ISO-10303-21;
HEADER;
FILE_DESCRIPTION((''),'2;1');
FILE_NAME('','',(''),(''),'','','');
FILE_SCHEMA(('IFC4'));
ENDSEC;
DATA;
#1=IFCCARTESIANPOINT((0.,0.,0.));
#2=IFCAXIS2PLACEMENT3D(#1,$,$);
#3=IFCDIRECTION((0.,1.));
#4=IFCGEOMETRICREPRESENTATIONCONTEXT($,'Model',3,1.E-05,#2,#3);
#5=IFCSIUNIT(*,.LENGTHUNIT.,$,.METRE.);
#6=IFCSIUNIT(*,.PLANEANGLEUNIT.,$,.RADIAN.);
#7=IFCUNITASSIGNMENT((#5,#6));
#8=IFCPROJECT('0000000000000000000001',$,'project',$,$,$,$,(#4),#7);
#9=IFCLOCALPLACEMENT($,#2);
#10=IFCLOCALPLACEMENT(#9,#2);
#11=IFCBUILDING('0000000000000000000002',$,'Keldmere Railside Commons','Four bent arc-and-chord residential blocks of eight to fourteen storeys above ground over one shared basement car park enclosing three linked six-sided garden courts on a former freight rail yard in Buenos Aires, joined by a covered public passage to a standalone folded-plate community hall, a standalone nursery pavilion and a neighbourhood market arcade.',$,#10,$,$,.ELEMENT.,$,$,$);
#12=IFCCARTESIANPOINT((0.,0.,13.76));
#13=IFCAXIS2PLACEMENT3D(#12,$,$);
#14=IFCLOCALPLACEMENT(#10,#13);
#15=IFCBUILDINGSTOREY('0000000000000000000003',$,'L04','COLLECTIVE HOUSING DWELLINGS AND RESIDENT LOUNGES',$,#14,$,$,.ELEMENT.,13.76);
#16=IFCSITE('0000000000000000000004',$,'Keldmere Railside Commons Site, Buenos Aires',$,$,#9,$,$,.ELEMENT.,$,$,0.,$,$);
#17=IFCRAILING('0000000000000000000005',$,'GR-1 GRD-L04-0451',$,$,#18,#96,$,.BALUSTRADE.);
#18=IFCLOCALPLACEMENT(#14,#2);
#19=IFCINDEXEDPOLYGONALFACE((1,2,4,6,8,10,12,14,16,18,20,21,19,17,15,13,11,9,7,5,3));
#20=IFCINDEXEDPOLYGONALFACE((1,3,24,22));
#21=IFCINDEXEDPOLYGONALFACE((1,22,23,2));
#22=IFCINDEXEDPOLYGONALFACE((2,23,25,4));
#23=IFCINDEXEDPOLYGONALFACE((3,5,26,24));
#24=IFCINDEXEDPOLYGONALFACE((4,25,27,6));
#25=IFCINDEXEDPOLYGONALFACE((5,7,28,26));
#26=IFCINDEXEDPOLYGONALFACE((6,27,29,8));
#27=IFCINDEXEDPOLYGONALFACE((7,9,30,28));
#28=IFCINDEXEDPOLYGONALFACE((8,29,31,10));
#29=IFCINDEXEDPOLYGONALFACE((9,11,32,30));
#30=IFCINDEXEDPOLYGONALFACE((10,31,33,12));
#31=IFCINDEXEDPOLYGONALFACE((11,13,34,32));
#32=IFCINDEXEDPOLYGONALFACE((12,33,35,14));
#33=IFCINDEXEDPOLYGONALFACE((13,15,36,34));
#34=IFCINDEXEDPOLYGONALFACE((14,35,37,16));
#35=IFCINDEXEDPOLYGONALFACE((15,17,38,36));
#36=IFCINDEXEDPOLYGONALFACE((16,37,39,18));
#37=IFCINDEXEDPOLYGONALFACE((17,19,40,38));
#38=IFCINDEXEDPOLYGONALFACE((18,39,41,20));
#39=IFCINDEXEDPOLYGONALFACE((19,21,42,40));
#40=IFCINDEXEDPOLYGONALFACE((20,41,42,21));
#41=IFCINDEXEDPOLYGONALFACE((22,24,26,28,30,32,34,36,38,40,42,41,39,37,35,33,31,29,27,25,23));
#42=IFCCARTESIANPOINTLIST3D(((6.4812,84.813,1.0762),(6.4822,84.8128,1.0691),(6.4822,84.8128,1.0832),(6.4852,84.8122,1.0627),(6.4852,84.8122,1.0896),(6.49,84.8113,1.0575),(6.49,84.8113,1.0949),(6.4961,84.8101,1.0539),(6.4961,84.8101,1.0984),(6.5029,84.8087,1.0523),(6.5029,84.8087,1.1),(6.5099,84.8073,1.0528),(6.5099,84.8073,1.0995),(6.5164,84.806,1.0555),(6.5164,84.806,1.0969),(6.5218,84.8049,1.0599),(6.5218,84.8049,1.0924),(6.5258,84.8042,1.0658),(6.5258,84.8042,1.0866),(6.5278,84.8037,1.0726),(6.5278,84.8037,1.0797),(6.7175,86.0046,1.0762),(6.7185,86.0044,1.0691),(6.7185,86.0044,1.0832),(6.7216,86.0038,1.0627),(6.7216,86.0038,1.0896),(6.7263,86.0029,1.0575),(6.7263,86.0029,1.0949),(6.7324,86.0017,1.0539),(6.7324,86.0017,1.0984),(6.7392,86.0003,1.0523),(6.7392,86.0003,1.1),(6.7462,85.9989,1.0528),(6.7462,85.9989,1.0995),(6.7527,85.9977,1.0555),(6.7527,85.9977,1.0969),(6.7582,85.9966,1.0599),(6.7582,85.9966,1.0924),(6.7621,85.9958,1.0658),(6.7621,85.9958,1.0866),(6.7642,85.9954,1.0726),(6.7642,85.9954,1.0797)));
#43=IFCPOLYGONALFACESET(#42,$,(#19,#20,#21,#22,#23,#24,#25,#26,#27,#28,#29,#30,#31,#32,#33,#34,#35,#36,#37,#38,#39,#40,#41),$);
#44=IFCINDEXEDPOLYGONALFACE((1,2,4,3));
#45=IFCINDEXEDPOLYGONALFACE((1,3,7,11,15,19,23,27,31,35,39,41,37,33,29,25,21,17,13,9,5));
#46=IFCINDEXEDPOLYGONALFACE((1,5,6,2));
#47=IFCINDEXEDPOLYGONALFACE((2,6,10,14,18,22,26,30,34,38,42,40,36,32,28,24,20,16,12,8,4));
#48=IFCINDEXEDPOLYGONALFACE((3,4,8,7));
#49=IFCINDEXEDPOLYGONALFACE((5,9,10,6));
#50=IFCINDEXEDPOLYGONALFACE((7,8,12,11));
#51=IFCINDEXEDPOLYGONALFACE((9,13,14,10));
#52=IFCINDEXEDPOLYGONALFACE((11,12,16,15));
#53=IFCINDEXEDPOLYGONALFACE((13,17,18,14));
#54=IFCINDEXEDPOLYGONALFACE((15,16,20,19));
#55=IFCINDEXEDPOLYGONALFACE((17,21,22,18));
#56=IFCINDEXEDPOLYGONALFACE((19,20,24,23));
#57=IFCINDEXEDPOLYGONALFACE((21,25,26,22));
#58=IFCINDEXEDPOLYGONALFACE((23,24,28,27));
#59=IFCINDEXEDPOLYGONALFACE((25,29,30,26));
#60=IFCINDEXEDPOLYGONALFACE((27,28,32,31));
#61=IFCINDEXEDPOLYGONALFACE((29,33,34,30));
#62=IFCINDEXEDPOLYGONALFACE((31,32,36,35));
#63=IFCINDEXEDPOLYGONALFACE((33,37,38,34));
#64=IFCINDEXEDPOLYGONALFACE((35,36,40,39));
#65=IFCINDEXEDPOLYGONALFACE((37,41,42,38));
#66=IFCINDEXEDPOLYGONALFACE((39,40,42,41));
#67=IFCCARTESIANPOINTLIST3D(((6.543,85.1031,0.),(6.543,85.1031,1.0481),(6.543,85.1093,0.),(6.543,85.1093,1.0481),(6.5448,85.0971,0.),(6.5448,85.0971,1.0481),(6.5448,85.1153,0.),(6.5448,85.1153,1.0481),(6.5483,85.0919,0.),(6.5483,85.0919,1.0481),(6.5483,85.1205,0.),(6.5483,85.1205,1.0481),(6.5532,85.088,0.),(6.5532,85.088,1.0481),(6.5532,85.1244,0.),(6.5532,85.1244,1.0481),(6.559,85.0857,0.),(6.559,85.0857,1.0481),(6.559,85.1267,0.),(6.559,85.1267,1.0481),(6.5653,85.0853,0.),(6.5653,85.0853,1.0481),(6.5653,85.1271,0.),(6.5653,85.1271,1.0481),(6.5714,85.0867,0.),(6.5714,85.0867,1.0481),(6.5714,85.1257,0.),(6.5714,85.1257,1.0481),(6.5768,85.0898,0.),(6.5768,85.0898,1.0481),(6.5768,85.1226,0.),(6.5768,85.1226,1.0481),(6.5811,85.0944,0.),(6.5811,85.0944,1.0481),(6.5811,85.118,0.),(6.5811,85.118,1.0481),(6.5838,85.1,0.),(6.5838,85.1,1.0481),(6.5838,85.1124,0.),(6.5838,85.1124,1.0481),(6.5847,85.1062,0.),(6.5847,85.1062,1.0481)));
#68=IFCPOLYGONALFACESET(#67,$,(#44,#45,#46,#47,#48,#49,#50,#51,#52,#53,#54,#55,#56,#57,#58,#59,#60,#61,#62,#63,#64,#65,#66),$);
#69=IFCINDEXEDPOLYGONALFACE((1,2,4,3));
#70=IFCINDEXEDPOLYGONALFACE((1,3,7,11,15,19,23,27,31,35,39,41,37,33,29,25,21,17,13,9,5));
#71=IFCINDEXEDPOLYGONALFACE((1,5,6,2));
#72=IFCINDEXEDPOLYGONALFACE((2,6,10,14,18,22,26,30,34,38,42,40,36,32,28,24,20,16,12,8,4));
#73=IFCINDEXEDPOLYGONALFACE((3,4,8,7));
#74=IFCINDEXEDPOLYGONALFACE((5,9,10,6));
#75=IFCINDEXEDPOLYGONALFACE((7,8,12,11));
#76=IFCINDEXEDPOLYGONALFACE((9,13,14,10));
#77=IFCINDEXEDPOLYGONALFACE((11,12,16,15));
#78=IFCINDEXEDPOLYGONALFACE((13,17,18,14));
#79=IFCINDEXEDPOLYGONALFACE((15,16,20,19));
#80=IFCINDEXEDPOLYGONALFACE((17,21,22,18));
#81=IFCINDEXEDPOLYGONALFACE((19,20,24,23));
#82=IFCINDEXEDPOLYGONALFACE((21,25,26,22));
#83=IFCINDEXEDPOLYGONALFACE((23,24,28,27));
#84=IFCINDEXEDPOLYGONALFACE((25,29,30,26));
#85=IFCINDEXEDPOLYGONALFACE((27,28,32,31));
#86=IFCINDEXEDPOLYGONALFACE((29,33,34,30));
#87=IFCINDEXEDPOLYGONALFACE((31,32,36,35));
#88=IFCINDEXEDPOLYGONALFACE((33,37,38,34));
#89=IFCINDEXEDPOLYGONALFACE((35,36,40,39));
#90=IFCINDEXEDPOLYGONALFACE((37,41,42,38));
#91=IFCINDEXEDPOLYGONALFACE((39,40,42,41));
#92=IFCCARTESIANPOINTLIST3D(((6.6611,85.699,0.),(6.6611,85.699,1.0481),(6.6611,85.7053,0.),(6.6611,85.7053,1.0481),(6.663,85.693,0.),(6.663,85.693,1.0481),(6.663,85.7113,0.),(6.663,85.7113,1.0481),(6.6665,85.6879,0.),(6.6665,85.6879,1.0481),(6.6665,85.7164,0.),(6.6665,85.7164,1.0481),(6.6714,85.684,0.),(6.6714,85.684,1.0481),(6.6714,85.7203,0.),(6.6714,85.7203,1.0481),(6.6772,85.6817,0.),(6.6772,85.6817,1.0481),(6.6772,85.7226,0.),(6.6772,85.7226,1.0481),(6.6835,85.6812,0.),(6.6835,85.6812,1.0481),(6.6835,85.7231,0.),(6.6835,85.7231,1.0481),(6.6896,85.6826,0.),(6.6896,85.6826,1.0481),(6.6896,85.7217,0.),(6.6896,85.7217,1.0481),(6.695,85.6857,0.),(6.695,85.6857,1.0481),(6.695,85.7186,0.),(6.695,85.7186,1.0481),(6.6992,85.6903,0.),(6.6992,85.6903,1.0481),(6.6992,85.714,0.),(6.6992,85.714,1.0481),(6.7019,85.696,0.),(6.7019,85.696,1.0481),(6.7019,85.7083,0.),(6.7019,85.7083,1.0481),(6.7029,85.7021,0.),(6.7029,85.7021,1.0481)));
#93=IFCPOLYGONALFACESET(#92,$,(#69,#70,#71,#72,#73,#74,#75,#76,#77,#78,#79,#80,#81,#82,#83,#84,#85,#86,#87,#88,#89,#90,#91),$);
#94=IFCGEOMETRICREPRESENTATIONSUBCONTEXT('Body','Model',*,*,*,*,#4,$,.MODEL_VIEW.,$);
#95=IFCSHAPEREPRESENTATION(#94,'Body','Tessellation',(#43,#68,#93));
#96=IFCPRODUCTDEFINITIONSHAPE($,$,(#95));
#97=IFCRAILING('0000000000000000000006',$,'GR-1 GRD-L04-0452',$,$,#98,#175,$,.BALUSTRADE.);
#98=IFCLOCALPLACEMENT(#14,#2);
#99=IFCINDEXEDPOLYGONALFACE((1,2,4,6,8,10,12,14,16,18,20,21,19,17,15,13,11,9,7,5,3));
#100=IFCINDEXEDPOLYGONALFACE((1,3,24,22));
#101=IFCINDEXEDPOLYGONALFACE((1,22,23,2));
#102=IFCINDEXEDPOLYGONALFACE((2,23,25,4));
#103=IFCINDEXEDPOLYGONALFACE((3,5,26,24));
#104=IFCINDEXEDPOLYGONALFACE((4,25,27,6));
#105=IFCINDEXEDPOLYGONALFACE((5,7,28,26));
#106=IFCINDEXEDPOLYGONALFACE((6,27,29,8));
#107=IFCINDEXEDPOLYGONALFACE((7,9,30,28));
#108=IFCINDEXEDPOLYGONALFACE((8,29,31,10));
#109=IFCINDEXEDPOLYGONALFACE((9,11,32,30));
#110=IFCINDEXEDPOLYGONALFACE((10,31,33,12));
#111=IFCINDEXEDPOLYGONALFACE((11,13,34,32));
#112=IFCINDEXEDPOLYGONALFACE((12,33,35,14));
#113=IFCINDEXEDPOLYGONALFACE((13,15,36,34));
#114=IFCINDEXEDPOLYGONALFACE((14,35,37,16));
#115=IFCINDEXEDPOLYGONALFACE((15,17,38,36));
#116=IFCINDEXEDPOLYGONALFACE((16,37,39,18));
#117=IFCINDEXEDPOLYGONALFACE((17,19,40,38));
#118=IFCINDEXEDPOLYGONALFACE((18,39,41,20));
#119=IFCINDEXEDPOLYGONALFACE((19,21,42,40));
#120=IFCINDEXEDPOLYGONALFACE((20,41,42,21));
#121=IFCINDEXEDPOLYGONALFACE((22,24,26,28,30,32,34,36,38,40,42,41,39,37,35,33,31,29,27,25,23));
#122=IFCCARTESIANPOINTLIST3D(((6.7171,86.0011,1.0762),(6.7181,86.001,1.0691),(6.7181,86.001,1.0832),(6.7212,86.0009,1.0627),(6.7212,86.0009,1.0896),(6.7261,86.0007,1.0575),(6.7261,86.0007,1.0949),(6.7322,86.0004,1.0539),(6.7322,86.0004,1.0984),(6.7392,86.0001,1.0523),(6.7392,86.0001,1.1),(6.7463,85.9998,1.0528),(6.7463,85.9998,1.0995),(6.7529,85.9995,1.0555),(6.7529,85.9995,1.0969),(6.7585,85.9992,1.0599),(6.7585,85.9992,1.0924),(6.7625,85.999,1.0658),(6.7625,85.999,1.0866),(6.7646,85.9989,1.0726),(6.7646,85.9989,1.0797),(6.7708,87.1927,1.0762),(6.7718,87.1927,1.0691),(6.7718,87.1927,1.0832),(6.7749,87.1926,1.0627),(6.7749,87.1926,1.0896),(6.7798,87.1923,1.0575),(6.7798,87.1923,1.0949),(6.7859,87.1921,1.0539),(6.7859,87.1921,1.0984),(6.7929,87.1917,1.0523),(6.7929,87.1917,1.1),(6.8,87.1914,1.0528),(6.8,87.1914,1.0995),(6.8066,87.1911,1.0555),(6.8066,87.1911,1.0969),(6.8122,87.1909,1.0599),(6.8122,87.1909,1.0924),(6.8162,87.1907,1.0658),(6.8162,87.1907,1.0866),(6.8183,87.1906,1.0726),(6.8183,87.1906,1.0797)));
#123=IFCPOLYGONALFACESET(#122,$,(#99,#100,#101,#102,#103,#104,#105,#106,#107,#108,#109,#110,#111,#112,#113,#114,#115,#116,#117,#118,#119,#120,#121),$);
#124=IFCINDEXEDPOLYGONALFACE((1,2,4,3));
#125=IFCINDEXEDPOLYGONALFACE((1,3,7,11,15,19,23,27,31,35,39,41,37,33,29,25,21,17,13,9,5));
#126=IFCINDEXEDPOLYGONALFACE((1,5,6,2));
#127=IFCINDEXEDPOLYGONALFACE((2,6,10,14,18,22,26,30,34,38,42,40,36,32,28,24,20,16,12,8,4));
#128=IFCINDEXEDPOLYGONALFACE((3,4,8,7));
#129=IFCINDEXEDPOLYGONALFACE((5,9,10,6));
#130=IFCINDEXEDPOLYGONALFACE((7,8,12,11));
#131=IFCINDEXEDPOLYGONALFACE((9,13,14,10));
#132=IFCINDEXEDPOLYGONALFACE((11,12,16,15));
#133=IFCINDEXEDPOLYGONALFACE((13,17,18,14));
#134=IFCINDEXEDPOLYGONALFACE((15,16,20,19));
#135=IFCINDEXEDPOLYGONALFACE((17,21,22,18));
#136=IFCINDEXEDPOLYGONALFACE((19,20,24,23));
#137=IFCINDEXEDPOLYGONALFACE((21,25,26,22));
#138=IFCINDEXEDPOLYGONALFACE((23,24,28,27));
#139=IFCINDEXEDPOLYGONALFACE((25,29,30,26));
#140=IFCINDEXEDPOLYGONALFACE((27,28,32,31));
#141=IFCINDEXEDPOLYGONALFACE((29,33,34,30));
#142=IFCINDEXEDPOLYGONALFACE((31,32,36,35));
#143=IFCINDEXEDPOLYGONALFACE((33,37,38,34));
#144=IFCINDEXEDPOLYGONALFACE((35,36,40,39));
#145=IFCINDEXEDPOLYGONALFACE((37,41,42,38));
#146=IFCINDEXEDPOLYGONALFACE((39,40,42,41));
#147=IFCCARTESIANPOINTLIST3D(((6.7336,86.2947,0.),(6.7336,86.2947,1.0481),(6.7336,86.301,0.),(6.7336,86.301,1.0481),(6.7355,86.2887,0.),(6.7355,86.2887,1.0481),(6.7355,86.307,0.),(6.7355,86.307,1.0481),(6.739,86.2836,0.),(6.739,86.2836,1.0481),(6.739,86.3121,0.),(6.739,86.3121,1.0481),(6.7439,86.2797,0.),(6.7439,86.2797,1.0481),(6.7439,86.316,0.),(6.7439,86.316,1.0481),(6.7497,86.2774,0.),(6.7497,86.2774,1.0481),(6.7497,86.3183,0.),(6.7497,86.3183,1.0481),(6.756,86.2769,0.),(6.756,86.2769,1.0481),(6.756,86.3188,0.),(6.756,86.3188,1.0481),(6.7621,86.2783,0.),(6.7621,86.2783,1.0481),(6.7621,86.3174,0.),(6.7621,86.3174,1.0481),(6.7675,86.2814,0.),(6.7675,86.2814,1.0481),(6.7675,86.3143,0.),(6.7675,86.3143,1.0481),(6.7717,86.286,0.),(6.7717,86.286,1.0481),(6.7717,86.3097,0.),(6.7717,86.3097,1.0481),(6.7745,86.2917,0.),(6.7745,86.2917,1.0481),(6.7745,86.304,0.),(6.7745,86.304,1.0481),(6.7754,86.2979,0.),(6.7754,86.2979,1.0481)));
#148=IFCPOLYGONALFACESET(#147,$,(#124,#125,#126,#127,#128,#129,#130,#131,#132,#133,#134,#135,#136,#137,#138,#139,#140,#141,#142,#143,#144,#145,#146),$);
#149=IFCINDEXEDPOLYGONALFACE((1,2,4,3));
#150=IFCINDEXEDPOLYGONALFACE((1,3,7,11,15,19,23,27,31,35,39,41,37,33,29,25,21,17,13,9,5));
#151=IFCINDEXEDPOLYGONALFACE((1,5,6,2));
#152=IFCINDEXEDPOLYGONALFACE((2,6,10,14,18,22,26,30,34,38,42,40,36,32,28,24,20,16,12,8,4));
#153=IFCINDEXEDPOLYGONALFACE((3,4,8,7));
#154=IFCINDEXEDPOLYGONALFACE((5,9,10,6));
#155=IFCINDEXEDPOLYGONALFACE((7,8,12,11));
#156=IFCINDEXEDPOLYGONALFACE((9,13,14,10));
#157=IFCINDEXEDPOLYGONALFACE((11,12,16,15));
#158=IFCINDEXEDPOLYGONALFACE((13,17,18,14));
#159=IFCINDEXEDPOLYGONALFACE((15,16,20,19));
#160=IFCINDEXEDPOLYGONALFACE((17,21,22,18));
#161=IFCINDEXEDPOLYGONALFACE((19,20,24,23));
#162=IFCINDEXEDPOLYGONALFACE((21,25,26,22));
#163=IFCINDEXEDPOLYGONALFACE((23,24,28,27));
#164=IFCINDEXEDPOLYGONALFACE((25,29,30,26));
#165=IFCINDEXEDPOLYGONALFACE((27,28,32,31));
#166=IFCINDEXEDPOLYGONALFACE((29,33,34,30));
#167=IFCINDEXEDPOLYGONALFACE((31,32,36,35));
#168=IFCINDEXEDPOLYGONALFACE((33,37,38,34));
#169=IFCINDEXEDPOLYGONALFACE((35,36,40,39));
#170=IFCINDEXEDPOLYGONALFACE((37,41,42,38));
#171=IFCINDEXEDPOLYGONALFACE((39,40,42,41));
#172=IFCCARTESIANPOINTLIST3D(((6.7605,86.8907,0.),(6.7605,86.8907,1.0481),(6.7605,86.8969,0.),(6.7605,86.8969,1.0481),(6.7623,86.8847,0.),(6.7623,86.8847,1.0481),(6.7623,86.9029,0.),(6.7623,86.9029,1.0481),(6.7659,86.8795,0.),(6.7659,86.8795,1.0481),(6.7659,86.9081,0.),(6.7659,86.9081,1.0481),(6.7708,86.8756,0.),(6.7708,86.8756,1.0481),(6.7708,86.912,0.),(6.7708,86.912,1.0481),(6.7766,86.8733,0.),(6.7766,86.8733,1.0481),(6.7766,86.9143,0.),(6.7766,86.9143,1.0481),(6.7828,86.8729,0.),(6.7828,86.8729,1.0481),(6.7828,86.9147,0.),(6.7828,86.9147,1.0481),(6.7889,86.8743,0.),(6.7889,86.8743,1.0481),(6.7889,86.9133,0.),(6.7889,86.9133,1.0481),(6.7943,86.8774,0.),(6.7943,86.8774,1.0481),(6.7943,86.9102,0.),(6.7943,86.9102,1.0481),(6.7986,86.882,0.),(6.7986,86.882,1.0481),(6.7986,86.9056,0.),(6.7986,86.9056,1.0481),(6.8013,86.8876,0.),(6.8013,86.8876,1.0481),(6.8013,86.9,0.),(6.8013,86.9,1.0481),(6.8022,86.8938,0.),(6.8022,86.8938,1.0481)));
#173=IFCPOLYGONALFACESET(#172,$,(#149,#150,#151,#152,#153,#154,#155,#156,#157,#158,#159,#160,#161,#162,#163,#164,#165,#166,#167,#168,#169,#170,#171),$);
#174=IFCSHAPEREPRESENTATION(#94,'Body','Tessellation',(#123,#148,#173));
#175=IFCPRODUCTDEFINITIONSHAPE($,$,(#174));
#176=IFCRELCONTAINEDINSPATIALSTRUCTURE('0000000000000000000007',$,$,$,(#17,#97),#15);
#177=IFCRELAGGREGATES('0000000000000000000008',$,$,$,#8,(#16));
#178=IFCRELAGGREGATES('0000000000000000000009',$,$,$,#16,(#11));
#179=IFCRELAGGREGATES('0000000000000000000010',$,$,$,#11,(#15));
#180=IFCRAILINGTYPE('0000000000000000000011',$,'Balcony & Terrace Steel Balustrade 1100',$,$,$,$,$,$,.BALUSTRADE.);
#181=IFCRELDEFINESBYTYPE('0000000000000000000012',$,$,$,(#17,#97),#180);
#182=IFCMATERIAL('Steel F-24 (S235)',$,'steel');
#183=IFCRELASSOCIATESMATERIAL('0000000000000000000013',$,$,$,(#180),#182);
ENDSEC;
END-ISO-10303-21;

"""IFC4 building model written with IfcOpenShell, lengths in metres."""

from ifc_helpers import new_model, si_unit, direction, frame, origin, origin_2d, place, context, subcontext, project, spatial, circle, extrude, material, type_object, element, save


model = new_model("IFC4")

# Units and contexts
model_context = context("Model", 3, precision=1e-05, world=origin(), true_north=direction((0.0, 1.0)))
body_context = subcontext(model_context, "Body", "Model", "MODEL_VIEW")
ifc_project = project(units=[si_unit("LENGTHUNIT", "METRE"), si_unit("PLANEANGLEUNIT", "RADIAN")], contexts=[model_context])

# Site, building, storey
site_placement = place(None, origin())
site = spatial("IfcSite", under=ifc_project, at=site_placement, Name="Keldmere Railside Commons Site, Buenos Aires", CompositionType="ELEMENT", RefElevation=0.0)
building_placement = place(site_placement, origin())
building = spatial("IfcBuilding", under=site, at=building_placement, Name="Keldmere Railside Commons", Description="Four bent arc-and-chord residential blocks of eight to fourteen storeys above ground over one shared basement car park enclosing three linked six-sided garden courts on a former freight rail yard in Buenos Aires, joined by a covered public passage to a standalone folded-plate community hall, a standalone nursery pavilion and a neighbourhood market arcade.", CompositionType="ELEMENT")
storey_placement = place(building_placement, frame((0.0, 0.0, 13.76)))
storey = spatial("IfcBuildingStorey", under=building, at=storey_placement, Name="L04", Description="COLLECTIVE HOUSING DWELLINGS AND RESIDENT LOUNGES", CompositionType="ELEMENT", Elevation=13.76)

# Railings
ifc_material_1 = material(Name="Steel F-24 (S235)", Category="steel")
railing_type = type_object("IfcRailingType", Name="Balcony & Terrace Steel Balustrade 1100", PredefinedType="BALUSTRADE", material=ifc_material_1)
railing_1_placement = place(storey_placement, frame((6.5046, 84.8083, 0.0)))
element("IfcRailing", 1, at=railing_1_placement, inside=storey, type_object=railing_type, Name="GR-1 GRD-L04-0451", PredefinedType="BALUSTRADE", context=body_context, shape_type="SweptSolid", body=[
    extrude(circle(Radius=0.0239, at=origin_2d()), frame((0.0, 0.0, 1.0762), z_axis=(0.194531, 0.980896, 0.0), x_axis=(-0.980896, 0.194531, 0.0)), (0.0, 0.0, 1.0), 1.2148),
    extrude(circle(Radius=0.021, at=origin_2d()), frame((0.0591, 0.2979, 0.0)), (0.0, 0.0, 1.0), 1.0481),
    extrude(circle(Radius=0.021, at=origin_2d()), frame((0.1772, 0.8938, 0.0)), (0.0, 0.0, 1.0), 1.0481),
])
railing_2_placement = place(storey_placement, frame((6.741, 86.0, 0.0)))
element("IfcRailing", 2, at=railing_2_placement, inside=storey, type_object=railing_type, Name="GR-1 GRD-L04-0452", PredefinedType="BALUSTRADE", context=body_context, shape_type="SweptSolid", body=[
    extrude(circle(Radius=0.0239, at=origin_2d()), frame((0.0, 0.0, 1.0762), z_axis=(0.045027, 0.998986, 0.0), x_axis=(-0.998986, 0.045027, 0.0)), (0.0, 0.0, 1.0), 1.1929),
    extrude(circle(Radius=0.021, at=origin_2d()), frame((0.0134, 0.2979, 0.0)), (0.0, 0.0, 1.0), 1.0481),
    extrude(circle(Radius=0.021, at=origin_2d()), frame((0.0403, 0.8938, 0.0)), (0.0, 0.0, 1.0), 1.0481),
])

save(model, "model.ifc")
